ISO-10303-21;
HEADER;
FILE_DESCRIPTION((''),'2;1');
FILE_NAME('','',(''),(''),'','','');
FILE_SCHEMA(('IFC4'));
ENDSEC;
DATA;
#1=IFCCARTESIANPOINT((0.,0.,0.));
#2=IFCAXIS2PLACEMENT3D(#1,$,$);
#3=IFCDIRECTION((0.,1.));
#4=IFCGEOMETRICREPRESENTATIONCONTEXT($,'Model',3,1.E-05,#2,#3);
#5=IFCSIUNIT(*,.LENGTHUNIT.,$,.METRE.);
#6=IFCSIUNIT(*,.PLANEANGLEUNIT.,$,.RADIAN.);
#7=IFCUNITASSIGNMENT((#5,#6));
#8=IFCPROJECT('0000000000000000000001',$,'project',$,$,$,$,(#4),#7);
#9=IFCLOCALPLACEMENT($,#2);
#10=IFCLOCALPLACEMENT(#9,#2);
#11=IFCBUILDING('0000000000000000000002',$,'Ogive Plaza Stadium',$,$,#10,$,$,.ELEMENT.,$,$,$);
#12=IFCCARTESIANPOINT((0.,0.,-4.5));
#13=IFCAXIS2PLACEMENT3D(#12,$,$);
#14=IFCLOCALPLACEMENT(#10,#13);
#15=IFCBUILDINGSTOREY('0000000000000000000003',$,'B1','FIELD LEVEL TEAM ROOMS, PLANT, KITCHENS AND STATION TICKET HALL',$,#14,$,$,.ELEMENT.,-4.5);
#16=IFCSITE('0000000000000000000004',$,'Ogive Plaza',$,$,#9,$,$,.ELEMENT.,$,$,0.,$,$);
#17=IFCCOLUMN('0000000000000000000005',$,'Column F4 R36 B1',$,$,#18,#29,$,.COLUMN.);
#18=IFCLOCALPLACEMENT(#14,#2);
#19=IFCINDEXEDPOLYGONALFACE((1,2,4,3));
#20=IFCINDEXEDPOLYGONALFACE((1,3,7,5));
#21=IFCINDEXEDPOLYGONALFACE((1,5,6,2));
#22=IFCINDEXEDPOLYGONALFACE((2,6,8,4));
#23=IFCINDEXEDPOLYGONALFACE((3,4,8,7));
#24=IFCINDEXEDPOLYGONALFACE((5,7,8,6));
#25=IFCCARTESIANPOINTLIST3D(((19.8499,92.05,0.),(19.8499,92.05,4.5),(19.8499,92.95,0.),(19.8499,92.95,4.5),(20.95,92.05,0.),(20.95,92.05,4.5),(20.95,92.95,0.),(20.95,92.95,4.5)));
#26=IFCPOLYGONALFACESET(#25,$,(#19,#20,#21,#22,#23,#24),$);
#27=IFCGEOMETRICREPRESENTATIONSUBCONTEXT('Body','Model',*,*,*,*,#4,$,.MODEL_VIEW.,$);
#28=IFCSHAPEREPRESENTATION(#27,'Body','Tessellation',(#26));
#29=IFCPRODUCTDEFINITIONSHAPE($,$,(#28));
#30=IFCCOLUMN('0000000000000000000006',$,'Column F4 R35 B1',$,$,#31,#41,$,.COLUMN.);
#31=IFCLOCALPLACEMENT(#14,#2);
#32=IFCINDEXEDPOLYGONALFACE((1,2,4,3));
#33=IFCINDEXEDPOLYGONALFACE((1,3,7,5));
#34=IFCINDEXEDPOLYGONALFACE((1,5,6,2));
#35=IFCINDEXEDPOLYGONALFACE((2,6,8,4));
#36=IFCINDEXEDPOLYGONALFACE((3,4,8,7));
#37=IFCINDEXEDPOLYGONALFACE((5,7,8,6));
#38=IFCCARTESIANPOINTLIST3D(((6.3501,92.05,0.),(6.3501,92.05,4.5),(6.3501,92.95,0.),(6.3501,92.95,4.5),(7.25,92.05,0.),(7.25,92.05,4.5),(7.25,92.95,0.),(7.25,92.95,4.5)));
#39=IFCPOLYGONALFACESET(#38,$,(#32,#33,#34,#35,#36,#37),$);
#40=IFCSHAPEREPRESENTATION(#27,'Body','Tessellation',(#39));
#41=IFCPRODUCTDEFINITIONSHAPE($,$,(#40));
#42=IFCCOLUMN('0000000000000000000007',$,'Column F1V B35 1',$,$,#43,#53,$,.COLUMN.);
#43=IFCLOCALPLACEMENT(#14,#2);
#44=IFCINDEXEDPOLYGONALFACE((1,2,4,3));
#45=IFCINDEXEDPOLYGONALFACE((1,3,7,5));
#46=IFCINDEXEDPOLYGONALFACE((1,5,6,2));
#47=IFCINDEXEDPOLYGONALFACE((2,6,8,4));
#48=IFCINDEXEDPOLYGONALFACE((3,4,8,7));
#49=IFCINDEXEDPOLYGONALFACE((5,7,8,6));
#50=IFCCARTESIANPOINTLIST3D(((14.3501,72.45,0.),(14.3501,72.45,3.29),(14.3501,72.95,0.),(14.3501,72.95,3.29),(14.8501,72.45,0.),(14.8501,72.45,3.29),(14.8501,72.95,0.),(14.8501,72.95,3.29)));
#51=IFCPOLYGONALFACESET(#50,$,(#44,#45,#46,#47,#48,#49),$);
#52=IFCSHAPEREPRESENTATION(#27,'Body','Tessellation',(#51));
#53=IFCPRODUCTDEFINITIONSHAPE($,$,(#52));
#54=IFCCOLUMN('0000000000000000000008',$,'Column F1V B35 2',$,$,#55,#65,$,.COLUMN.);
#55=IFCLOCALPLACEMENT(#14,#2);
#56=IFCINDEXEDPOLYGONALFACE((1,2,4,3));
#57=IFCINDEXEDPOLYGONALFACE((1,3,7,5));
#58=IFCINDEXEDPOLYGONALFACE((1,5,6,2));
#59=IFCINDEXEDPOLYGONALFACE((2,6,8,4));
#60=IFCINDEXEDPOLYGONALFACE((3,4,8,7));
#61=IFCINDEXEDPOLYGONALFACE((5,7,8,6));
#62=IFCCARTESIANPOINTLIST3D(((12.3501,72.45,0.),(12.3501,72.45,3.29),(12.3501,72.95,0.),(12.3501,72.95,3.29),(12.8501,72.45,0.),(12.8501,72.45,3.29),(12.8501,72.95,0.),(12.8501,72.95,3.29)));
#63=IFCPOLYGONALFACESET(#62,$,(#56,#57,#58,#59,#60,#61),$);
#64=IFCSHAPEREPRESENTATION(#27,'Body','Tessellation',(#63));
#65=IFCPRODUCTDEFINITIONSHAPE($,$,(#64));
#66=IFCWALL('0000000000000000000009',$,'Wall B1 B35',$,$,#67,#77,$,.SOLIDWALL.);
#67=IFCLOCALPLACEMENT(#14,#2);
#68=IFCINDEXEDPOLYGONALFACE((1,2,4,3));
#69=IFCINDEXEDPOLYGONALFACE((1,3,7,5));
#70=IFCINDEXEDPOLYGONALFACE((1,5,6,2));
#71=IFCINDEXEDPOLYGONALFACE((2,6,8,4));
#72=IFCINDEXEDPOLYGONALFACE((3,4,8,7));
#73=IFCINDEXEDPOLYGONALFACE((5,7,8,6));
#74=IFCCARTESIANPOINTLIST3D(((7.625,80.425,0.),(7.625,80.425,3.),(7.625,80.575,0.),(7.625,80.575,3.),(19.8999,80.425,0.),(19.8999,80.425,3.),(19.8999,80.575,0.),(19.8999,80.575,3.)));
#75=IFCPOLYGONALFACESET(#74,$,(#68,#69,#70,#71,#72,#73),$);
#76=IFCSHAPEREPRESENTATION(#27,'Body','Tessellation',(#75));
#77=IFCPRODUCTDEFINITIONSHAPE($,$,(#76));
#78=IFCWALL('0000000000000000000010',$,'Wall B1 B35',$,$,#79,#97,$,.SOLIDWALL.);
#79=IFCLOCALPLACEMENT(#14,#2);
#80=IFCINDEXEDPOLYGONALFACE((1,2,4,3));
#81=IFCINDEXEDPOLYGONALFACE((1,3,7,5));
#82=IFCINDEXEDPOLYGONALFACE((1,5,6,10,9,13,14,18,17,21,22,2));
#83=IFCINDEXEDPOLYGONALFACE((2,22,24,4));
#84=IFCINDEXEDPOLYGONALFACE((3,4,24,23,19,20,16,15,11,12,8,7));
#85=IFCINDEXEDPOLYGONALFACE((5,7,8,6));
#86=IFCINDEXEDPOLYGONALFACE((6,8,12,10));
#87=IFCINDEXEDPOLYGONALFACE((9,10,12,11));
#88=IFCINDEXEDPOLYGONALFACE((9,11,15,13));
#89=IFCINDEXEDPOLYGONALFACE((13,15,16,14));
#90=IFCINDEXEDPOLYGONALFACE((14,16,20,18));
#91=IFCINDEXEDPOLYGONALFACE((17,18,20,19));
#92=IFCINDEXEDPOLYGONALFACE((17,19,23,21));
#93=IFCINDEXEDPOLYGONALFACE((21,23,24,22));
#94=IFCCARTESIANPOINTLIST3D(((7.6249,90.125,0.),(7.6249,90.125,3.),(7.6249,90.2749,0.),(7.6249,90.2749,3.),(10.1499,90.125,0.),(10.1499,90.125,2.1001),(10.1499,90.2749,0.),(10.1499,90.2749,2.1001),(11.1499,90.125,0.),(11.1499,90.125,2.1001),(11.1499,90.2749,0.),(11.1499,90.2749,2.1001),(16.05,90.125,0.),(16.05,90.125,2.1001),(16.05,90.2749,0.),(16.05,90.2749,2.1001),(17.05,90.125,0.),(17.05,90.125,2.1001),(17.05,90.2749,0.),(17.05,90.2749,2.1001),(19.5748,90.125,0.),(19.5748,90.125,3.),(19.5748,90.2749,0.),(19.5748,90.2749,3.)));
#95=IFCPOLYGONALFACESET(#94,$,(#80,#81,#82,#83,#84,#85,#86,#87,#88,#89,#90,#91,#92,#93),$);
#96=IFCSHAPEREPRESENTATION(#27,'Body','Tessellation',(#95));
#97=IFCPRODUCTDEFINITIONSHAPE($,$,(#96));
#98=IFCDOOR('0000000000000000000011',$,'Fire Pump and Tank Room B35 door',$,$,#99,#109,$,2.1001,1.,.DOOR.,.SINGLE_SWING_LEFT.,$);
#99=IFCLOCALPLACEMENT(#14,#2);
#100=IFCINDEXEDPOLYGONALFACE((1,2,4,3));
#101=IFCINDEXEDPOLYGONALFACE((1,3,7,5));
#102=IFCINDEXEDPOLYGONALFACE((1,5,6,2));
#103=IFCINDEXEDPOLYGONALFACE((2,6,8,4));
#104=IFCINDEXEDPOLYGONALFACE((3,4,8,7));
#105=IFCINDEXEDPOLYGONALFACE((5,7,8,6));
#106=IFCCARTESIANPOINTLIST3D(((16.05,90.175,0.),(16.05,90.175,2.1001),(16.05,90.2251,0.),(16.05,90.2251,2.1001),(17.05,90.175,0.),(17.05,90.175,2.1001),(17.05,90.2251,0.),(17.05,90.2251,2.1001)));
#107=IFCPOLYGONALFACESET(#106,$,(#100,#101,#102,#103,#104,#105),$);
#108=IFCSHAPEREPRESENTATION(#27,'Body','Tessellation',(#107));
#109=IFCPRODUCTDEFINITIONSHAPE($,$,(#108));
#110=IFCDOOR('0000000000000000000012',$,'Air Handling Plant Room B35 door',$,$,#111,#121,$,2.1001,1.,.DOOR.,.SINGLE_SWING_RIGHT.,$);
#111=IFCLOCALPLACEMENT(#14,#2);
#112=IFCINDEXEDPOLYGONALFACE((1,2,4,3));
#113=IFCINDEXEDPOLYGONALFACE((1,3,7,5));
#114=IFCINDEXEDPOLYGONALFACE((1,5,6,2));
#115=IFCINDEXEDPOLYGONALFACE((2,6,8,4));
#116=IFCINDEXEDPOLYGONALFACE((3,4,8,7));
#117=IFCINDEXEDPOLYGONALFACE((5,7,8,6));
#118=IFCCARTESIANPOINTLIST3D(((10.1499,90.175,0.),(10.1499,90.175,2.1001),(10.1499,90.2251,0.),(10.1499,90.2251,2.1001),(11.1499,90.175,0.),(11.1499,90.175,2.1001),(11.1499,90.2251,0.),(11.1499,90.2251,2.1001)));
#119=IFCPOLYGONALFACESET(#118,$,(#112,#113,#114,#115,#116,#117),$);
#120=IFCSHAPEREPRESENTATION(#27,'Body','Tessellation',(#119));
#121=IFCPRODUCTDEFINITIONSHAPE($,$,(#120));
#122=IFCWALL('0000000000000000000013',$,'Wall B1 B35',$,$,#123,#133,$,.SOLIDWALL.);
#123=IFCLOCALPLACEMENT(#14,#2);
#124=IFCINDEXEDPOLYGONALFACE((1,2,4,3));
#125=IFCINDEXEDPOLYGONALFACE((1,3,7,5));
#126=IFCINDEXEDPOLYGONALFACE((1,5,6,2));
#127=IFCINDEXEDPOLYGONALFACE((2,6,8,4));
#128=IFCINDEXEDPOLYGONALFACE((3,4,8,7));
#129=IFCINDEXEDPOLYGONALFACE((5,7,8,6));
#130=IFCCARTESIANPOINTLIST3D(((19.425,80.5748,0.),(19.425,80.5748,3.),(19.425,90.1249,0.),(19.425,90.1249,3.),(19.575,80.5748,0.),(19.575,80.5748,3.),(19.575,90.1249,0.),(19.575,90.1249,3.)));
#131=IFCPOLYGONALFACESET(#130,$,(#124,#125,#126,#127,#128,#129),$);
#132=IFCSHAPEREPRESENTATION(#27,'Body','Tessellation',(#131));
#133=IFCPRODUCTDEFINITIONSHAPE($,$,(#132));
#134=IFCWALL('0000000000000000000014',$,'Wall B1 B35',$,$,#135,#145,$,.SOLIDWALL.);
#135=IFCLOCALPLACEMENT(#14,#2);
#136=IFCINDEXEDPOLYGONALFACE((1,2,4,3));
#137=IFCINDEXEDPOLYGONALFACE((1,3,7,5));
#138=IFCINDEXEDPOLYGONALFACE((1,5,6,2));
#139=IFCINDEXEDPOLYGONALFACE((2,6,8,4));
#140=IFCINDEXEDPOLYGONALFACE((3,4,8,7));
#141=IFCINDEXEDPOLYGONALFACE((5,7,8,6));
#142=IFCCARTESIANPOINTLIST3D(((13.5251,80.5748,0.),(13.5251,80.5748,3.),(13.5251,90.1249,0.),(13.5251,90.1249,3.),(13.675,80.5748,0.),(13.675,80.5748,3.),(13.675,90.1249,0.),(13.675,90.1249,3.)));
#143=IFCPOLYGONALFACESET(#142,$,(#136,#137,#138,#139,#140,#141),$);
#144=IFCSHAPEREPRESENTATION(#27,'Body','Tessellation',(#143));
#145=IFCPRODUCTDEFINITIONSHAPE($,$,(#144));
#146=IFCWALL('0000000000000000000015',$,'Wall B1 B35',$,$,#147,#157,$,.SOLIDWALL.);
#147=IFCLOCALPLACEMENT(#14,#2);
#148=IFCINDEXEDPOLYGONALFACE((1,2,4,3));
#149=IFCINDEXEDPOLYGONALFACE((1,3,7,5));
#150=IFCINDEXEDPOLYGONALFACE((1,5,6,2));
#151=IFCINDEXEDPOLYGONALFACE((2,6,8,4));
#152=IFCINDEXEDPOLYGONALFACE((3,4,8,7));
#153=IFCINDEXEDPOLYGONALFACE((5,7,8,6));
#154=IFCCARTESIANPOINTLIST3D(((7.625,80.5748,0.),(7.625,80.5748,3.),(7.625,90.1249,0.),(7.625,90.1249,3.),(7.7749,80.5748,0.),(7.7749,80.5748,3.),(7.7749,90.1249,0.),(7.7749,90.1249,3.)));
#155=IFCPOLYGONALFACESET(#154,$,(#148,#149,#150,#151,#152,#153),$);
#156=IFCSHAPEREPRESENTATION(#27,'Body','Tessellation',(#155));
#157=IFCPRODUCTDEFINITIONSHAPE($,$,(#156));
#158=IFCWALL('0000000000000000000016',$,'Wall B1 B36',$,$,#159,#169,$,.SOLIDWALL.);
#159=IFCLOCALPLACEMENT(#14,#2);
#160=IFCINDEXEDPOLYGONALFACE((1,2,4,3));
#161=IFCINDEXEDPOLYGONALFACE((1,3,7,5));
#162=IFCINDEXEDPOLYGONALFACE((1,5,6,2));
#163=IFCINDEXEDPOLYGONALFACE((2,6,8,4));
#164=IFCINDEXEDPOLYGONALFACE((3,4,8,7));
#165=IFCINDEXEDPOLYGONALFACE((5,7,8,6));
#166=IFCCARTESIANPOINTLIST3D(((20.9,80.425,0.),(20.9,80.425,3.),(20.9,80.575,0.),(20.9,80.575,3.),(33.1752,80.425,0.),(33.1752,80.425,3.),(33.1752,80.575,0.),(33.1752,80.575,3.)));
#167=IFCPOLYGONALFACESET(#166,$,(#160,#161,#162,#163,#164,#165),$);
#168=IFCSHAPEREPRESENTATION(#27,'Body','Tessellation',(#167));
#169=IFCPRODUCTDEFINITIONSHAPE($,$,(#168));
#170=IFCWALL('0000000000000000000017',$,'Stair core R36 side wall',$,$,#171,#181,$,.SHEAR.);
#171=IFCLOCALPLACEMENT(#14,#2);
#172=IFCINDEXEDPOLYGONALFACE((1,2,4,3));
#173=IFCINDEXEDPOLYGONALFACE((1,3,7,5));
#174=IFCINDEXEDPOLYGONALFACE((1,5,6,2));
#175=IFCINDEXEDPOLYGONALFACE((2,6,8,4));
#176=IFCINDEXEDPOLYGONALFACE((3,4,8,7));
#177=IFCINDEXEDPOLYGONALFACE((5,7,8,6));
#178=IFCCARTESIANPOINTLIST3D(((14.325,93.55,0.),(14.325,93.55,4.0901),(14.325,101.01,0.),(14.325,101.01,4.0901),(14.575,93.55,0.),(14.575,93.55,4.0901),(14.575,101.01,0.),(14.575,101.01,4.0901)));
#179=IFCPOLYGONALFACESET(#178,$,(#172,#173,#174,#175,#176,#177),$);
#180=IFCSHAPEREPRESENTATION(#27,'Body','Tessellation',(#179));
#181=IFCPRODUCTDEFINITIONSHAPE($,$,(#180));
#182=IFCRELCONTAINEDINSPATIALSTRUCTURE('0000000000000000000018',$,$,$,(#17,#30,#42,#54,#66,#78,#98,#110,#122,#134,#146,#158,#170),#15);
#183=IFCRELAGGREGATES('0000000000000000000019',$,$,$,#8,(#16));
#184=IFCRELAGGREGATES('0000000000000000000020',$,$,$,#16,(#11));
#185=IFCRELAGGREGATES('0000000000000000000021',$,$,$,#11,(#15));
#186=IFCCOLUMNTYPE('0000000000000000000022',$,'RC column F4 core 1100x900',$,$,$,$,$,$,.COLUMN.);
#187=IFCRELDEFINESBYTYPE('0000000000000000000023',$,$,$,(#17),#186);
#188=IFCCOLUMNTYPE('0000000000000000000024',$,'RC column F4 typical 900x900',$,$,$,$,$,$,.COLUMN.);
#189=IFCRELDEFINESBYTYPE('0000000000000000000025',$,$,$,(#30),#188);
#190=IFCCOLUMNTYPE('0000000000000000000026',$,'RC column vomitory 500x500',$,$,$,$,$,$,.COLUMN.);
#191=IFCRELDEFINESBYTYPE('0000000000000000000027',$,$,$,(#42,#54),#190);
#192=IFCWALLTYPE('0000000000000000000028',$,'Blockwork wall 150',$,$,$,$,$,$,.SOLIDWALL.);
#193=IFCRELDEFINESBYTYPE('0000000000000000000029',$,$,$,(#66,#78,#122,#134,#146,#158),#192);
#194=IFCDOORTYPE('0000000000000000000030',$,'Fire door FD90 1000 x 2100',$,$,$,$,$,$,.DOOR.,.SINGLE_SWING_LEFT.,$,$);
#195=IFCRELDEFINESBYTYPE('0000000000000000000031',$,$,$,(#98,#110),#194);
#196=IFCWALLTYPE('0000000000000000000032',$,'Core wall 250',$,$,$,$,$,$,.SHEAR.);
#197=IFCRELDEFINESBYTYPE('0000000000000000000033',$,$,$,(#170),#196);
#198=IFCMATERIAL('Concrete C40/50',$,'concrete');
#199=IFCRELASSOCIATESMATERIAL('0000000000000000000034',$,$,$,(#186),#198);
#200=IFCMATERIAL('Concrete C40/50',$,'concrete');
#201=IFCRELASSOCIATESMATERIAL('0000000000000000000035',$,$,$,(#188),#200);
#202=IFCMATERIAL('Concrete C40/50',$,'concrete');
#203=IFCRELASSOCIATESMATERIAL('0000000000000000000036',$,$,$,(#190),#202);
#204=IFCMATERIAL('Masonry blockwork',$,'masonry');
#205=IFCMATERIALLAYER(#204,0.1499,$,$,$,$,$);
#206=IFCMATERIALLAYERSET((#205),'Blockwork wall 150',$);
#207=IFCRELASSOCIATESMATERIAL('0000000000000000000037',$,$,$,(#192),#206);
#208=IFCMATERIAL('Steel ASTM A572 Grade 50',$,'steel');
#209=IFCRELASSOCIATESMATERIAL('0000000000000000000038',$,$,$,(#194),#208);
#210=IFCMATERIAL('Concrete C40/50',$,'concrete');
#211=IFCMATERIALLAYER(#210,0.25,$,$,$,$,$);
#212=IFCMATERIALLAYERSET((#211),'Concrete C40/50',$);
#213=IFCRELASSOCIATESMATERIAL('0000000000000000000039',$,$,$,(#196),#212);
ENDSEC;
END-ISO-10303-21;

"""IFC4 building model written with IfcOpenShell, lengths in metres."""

from ifc_helpers import new_model, si_unit, direction, frame, frame_2d, origin, origin_2d, place, context, subcontext, project, spatial, rectangle, extrude, material, layer, layer_set, material_profile, profile_set, type_object, element, fill, save


model = new_model("IFC4")

# Units and contexts
model_context = context("Model", 3, precision=1e-05, world=origin(), true_north=direction((0.0, 1.0)))
body_context = subcontext(model_context, "Body", "Model", "MODEL_VIEW")
ifc_project = project(units=[si_unit("LENGTHUNIT", "METRE"), si_unit("PLANEANGLEUNIT", "RADIAN")], contexts=[model_context])

# Site, building, storey
site_placement = place(None, origin())
site = spatial("IfcSite", under=ifc_project, at=site_placement, Name="Ogive Plaza", CompositionType="ELEMENT", RefElevation=0.0)
building_placement = place(site_placement, origin())
building = spatial("IfcBuilding", under=site, at=building_placement, Name="Ogive Plaza Stadium", CompositionType="ELEMENT")
storey_placement = place(building_placement, frame((0.0, 0.0, -4.5)))
storey = spatial("IfcBuildingStorey", under=building, at=storey_placement, Name="B1", Description="FIELD LEVEL TEAM ROOMS, PLANT, KITCHENS AND STATION TICKET HALL", CompositionType="ELEMENT", Elevation=-4.5)

# Columns
ifc_material_1 = material(Name="Concrete C40/50", Category="concrete")
ifc_material_profile_1 = material_profile(ifc_material_1, rectangle(XDim=1.1001, YDim=0.8999, at=origin_2d()), Name="RC 1100x900")
ifc_profile_set_1 = profile_set([ifc_material_profile_1], Name="Concrete C40/50")
column_type_1 = type_object("IfcColumnType", Name="RC column F4 core 1100x900", PredefinedType="COLUMN", material=ifc_profile_set_1)
column_1_placement = place(storey_placement, frame((20.3999, 92.5, 0.0), z_axis=(0.0, 0.0, 1.0), x_axis=(-1.0, 0.0, 0.0)))
element("IfcColumn", 1, at=column_1_placement, inside=storey, type_object=column_type_1, Name="Column F4 R36 B1", PredefinedType="COLUMN", context=body_context, shape_type="SweptSolid", body=[
    extrude(rectangle(XDim=1.1001, YDim=0.8999, at=origin_2d()), origin(), (0.0, 0.0, 1.0), 4.5),
])
ifc_material_2 = material(Name="Concrete C40/50", Category="concrete")
ifc_material_profile_2 = material_profile(ifc_material_2, rectangle(XDim=0.8999, YDim=0.8999, at=origin_2d()), Name="RC 900x900")
ifc_profile_set_2 = profile_set([ifc_material_profile_2], Name="Concrete C40/50")
column_type_2 = type_object("IfcColumnType", Name="RC column F4 typical 900x900", PredefinedType="COLUMN", material=ifc_profile_set_2)
column_2_placement = place(storey_placement, frame((6.8, 92.5, 0.0), z_axis=(0.0, 0.0, 1.0), x_axis=(-1.0, 0.0, 0.0)))
element("IfcColumn", 2, at=column_2_placement, inside=storey, type_object=column_type_2, Name="Column F4 R35 B1", PredefinedType="COLUMN", context=body_context, shape_type="SweptSolid", body=[
    extrude(rectangle(XDim=0.8999, YDim=0.8999, at=origin_2d()), origin(), (0.0, 0.0, 1.0), 4.5),
])
ifc_material_3 = material(Name="Concrete C40/50", Category="concrete")
ifc_material_profile_3 = material_profile(ifc_material_3, rectangle(XDim=0.5, YDim=0.5, at=origin_2d()), Name="RC 500x500")
ifc_profile_set_3 = profile_set([ifc_material_profile_3], Name="Concrete C40/50")
column_type_3 = type_object("IfcColumnType", Name="RC column vomitory 500x500", PredefinedType="COLUMN", material=ifc_profile_set_3)
for number, where, z_axis, x_axis, name in (
    (3, (14.6001, 72.7, 0.0), (0.0, 0.0, 1.0), (-1.0, 0.0, 0.0), "Column F1V B35 1"),
    (4, (12.6001, 72.7, 0.0), (0.0, 0.0, 1.0), (-1.0, 0.0, 0.0), "Column F1V B35 2"),
):
    element("IfcColumn", number, at=place(storey_placement, frame(where, z_axis=z_axis, x_axis=x_axis)), inside=storey, type_object=column_type_3, Name=name, PredefinedType="COLUMN", context=body_context, shape_type="SweptSolid", body=[
        extrude(rectangle(XDim=0.5, YDim=0.5, at=origin_2d()), origin(), (0.0, 0.0, 1.0), 3.29),
    ])

# Wall
ifc_material_4 = material(Name="Masonry blockwork", Category="masonry")
ifc_layer_1 = layer(ifc_material_4, 0.1499)
ifc_layer_set_1 = layer_set([ifc_layer_1], Name="Blockwork wall 150")
wall_type_1 = type_object("IfcWallType", Name="Blockwork wall 150", PredefinedType="SOLIDWALL", material=ifc_layer_set_1)
wall_1_placement = place(storey_placement, frame((19.8999, 80.5, 0.0), z_axis=(0.0, 0.0, 1.0), x_axis=(-1.0, 0.0, 0.0)))
element("IfcWall", 5, at=wall_1_placement, inside=storey, type_object=wall_type_1, Name="Wall B1 B35", PredefinedType="SOLIDWALL", context=body_context, shape_type="SweptSolid", body=[
    extrude(rectangle(XDim=12.2749, YDim=0.1499, at=frame_2d((6.1375, 0.0))), origin(), (0.0, 0.0, 1.0), 3.0),
])

# Wall, openings, doors
wall_2_placement = place(storey_placement, frame((19.575, 90.2, 0.0), z_axis=(0.0, 0.0, 1.0), x_axis=(-1.0, 0.0, 0.0)))
wall_2 = element("IfcWall", 6, at=wall_2_placement, inside=storey, type_object=wall_type_1, Name="Wall B1 B35", PredefinedType="SOLIDWALL", context=body_context, shape_type="SweptSolid", body=[
    extrude(rectangle(XDim=11.95, YDim=0.1499, at=frame_2d((5.9751, 0.0))), origin(), (0.0, 0.0, 1.0), 3.0),
])
opening_1_placement = place(wall_2_placement, frame((2.5249, 0.0, 0.0)))
opening_1 = element("IfcOpeningElement", 7, at=opening_1_placement, cuts=wall_2, PredefinedType="OPENING", context=body_context, shape_type="SweptSolid", body=[
    extrude(rectangle(XDim=1.0, YDim=2.1001, at=frame_2d((0.5, 1.05))), frame((0.0, 0.075, 0.0), z_axis=(0.0, -1.0, 0.0), x_axis=(1.0, 0.0, 0.0)), (0.0, 0.0, 1.0), 0.1499),
])
opening_2_placement = place(wall_2_placement, frame((8.425, 0.0, 0.0)))
opening_2 = element("IfcOpeningElement", 8, at=opening_2_placement, cuts=wall_2, PredefinedType="OPENING", context=body_context, shape_type="SweptSolid", body=[
    extrude(rectangle(XDim=1.0, YDim=2.1001, at=frame_2d((0.5, 1.05))), frame((0.0, 0.075, 0.0), z_axis=(0.0, -1.0, 0.0), x_axis=(1.0, 0.0, 0.0)), (0.0, 0.0, 1.0), 0.1499),
])
ifc_material_5 = material(Name="Steel ASTM A572 Grade 50", Category="steel")
door_type = type_object("IfcDoorType", Name="Fire door FD90 1000 x 2100", OperationType="SINGLE_SWING_LEFT", PredefinedType="DOOR", material=ifc_material_5)
door_1_placement = place(opening_1_placement, origin())
door_1 = element("IfcDoor", 9, at=door_1_placement, inside=storey, type_object=door_type, Name="Fire Pump and Tank Room B35 door", OperationType="SINGLE_SWING_LEFT", OverallHeight=2.1001, OverallWidth=1.0, PredefinedType="DOOR", context=body_context, shape_type="SweptSolid", body=[
    extrude(rectangle(XDim=1.0, YDim=2.1001, at=frame_2d((0.5, 1.05))), frame((0.0, 0.0249, 0.0), z_axis=(0.0, -1.0, 0.0), x_axis=(1.0, 0.0, 0.0)), (0.0, 0.0, 1.0), 0.05),
])
fill(opening_1, door_1)
door_2_placement = place(opening_2_placement, origin())
door_2 = element("IfcDoor", 10, at=door_2_placement, inside=storey, type_object=door_type, Name="Air Handling Plant Room B35 door", OperationType="SINGLE_SWING_RIGHT", OverallHeight=2.1001, OverallWidth=1.0, PredefinedType="DOOR", context=body_context, shape_type="SweptSolid", body=[
    extrude(rectangle(XDim=1.0, YDim=2.1001, at=frame_2d((0.5, 1.05))), frame((0.0, 0.0249, 0.0), z_axis=(0.0, -1.0, 0.0), x_axis=(1.0, 0.0, 0.0)), (0.0, 0.0, 1.0), 0.05),
])
fill(opening_2, door_2)

# Walls
for number, where, z_axis, x_axis, name in (
    (11, (19.5, 80.575, 0.0), (0.0, 0.0, 1.0), (0.0, 1.0, 0.0), "Wall B1 B35"),
    (12, (13.6001, 80.575, 0.0), (0.0, 0.0, 1.0), (0.0, 1.0, 0.0), "Wall B1 B35"),
    (13, (7.7, 80.575, 0.0), (0.0, 0.0, 1.0), (0.0, 1.0, 0.0), "Wall B1 B35"),
):
    element("IfcWall", number, at=place(storey_placement, frame(where, z_axis=z_axis, x_axis=x_axis)), inside=storey, type_object=wall_type_1, Name=name, PredefinedType="SOLIDWALL", context=body_context, shape_type="SweptSolid", body=[
        extrude(rectangle(XDim=9.55, YDim=0.1499, at=frame_2d((4.7749, 0.0))), origin(), (0.0, 0.0, 1.0), 3.0),
    ])
wall_3_placement = place(storey_placement, frame((20.8999, 80.5, 0.0), z_axis=(0.0, 0.0, 1.0), x_axis=(1.0, 0.0, 0.0)))
element("IfcWall", 14, at=wall_3_placement, inside=storey, type_object=wall_type_1, Name="Wall B1 B36", PredefinedType="SOLIDWALL", context=body_context, shape_type="SweptSolid", body=[
    extrude(rectangle(XDim=12.2751, YDim=0.1499, at=frame_2d((6.1377, 0.0))), origin(), (0.0, 0.0, 1.0), 3.0),
])
ifc_material_6 = material(Name="Concrete C40/50", Category="concrete")
ifc_layer_2 = layer(ifc_material_6, 0.25)
ifc_layer_set_2 = layer_set([ifc_layer_2], Name="Concrete C40/50")
wall_type_2 = type_object("IfcWallType", Name="Core wall 250", PredefinedType="SHEAR", material=ifc_layer_set_2)
for number, where, z_axis, x_axis, name in (
    (15, (14.45, 93.55, 0.0), (0.0, 0.0, 1.0), (0.0, 1.0, 0.0), "Stair core R36 side wall"),
):
    element("IfcWall", number, at=place(storey_placement, frame(where, z_axis=z_axis, x_axis=x_axis)), inside=storey, type_object=wall_type_2, Name=name, PredefinedType="SHEAR", context=body_context, shape_type="SweptSolid", body=[
        extrude(rectangle(XDim=7.46, YDim=0.25, at=frame_2d((3.73, 0.0))), origin(), (0.0, 0.0, 1.0), 4.0901),
    ])

save(model, "model.ifc")
